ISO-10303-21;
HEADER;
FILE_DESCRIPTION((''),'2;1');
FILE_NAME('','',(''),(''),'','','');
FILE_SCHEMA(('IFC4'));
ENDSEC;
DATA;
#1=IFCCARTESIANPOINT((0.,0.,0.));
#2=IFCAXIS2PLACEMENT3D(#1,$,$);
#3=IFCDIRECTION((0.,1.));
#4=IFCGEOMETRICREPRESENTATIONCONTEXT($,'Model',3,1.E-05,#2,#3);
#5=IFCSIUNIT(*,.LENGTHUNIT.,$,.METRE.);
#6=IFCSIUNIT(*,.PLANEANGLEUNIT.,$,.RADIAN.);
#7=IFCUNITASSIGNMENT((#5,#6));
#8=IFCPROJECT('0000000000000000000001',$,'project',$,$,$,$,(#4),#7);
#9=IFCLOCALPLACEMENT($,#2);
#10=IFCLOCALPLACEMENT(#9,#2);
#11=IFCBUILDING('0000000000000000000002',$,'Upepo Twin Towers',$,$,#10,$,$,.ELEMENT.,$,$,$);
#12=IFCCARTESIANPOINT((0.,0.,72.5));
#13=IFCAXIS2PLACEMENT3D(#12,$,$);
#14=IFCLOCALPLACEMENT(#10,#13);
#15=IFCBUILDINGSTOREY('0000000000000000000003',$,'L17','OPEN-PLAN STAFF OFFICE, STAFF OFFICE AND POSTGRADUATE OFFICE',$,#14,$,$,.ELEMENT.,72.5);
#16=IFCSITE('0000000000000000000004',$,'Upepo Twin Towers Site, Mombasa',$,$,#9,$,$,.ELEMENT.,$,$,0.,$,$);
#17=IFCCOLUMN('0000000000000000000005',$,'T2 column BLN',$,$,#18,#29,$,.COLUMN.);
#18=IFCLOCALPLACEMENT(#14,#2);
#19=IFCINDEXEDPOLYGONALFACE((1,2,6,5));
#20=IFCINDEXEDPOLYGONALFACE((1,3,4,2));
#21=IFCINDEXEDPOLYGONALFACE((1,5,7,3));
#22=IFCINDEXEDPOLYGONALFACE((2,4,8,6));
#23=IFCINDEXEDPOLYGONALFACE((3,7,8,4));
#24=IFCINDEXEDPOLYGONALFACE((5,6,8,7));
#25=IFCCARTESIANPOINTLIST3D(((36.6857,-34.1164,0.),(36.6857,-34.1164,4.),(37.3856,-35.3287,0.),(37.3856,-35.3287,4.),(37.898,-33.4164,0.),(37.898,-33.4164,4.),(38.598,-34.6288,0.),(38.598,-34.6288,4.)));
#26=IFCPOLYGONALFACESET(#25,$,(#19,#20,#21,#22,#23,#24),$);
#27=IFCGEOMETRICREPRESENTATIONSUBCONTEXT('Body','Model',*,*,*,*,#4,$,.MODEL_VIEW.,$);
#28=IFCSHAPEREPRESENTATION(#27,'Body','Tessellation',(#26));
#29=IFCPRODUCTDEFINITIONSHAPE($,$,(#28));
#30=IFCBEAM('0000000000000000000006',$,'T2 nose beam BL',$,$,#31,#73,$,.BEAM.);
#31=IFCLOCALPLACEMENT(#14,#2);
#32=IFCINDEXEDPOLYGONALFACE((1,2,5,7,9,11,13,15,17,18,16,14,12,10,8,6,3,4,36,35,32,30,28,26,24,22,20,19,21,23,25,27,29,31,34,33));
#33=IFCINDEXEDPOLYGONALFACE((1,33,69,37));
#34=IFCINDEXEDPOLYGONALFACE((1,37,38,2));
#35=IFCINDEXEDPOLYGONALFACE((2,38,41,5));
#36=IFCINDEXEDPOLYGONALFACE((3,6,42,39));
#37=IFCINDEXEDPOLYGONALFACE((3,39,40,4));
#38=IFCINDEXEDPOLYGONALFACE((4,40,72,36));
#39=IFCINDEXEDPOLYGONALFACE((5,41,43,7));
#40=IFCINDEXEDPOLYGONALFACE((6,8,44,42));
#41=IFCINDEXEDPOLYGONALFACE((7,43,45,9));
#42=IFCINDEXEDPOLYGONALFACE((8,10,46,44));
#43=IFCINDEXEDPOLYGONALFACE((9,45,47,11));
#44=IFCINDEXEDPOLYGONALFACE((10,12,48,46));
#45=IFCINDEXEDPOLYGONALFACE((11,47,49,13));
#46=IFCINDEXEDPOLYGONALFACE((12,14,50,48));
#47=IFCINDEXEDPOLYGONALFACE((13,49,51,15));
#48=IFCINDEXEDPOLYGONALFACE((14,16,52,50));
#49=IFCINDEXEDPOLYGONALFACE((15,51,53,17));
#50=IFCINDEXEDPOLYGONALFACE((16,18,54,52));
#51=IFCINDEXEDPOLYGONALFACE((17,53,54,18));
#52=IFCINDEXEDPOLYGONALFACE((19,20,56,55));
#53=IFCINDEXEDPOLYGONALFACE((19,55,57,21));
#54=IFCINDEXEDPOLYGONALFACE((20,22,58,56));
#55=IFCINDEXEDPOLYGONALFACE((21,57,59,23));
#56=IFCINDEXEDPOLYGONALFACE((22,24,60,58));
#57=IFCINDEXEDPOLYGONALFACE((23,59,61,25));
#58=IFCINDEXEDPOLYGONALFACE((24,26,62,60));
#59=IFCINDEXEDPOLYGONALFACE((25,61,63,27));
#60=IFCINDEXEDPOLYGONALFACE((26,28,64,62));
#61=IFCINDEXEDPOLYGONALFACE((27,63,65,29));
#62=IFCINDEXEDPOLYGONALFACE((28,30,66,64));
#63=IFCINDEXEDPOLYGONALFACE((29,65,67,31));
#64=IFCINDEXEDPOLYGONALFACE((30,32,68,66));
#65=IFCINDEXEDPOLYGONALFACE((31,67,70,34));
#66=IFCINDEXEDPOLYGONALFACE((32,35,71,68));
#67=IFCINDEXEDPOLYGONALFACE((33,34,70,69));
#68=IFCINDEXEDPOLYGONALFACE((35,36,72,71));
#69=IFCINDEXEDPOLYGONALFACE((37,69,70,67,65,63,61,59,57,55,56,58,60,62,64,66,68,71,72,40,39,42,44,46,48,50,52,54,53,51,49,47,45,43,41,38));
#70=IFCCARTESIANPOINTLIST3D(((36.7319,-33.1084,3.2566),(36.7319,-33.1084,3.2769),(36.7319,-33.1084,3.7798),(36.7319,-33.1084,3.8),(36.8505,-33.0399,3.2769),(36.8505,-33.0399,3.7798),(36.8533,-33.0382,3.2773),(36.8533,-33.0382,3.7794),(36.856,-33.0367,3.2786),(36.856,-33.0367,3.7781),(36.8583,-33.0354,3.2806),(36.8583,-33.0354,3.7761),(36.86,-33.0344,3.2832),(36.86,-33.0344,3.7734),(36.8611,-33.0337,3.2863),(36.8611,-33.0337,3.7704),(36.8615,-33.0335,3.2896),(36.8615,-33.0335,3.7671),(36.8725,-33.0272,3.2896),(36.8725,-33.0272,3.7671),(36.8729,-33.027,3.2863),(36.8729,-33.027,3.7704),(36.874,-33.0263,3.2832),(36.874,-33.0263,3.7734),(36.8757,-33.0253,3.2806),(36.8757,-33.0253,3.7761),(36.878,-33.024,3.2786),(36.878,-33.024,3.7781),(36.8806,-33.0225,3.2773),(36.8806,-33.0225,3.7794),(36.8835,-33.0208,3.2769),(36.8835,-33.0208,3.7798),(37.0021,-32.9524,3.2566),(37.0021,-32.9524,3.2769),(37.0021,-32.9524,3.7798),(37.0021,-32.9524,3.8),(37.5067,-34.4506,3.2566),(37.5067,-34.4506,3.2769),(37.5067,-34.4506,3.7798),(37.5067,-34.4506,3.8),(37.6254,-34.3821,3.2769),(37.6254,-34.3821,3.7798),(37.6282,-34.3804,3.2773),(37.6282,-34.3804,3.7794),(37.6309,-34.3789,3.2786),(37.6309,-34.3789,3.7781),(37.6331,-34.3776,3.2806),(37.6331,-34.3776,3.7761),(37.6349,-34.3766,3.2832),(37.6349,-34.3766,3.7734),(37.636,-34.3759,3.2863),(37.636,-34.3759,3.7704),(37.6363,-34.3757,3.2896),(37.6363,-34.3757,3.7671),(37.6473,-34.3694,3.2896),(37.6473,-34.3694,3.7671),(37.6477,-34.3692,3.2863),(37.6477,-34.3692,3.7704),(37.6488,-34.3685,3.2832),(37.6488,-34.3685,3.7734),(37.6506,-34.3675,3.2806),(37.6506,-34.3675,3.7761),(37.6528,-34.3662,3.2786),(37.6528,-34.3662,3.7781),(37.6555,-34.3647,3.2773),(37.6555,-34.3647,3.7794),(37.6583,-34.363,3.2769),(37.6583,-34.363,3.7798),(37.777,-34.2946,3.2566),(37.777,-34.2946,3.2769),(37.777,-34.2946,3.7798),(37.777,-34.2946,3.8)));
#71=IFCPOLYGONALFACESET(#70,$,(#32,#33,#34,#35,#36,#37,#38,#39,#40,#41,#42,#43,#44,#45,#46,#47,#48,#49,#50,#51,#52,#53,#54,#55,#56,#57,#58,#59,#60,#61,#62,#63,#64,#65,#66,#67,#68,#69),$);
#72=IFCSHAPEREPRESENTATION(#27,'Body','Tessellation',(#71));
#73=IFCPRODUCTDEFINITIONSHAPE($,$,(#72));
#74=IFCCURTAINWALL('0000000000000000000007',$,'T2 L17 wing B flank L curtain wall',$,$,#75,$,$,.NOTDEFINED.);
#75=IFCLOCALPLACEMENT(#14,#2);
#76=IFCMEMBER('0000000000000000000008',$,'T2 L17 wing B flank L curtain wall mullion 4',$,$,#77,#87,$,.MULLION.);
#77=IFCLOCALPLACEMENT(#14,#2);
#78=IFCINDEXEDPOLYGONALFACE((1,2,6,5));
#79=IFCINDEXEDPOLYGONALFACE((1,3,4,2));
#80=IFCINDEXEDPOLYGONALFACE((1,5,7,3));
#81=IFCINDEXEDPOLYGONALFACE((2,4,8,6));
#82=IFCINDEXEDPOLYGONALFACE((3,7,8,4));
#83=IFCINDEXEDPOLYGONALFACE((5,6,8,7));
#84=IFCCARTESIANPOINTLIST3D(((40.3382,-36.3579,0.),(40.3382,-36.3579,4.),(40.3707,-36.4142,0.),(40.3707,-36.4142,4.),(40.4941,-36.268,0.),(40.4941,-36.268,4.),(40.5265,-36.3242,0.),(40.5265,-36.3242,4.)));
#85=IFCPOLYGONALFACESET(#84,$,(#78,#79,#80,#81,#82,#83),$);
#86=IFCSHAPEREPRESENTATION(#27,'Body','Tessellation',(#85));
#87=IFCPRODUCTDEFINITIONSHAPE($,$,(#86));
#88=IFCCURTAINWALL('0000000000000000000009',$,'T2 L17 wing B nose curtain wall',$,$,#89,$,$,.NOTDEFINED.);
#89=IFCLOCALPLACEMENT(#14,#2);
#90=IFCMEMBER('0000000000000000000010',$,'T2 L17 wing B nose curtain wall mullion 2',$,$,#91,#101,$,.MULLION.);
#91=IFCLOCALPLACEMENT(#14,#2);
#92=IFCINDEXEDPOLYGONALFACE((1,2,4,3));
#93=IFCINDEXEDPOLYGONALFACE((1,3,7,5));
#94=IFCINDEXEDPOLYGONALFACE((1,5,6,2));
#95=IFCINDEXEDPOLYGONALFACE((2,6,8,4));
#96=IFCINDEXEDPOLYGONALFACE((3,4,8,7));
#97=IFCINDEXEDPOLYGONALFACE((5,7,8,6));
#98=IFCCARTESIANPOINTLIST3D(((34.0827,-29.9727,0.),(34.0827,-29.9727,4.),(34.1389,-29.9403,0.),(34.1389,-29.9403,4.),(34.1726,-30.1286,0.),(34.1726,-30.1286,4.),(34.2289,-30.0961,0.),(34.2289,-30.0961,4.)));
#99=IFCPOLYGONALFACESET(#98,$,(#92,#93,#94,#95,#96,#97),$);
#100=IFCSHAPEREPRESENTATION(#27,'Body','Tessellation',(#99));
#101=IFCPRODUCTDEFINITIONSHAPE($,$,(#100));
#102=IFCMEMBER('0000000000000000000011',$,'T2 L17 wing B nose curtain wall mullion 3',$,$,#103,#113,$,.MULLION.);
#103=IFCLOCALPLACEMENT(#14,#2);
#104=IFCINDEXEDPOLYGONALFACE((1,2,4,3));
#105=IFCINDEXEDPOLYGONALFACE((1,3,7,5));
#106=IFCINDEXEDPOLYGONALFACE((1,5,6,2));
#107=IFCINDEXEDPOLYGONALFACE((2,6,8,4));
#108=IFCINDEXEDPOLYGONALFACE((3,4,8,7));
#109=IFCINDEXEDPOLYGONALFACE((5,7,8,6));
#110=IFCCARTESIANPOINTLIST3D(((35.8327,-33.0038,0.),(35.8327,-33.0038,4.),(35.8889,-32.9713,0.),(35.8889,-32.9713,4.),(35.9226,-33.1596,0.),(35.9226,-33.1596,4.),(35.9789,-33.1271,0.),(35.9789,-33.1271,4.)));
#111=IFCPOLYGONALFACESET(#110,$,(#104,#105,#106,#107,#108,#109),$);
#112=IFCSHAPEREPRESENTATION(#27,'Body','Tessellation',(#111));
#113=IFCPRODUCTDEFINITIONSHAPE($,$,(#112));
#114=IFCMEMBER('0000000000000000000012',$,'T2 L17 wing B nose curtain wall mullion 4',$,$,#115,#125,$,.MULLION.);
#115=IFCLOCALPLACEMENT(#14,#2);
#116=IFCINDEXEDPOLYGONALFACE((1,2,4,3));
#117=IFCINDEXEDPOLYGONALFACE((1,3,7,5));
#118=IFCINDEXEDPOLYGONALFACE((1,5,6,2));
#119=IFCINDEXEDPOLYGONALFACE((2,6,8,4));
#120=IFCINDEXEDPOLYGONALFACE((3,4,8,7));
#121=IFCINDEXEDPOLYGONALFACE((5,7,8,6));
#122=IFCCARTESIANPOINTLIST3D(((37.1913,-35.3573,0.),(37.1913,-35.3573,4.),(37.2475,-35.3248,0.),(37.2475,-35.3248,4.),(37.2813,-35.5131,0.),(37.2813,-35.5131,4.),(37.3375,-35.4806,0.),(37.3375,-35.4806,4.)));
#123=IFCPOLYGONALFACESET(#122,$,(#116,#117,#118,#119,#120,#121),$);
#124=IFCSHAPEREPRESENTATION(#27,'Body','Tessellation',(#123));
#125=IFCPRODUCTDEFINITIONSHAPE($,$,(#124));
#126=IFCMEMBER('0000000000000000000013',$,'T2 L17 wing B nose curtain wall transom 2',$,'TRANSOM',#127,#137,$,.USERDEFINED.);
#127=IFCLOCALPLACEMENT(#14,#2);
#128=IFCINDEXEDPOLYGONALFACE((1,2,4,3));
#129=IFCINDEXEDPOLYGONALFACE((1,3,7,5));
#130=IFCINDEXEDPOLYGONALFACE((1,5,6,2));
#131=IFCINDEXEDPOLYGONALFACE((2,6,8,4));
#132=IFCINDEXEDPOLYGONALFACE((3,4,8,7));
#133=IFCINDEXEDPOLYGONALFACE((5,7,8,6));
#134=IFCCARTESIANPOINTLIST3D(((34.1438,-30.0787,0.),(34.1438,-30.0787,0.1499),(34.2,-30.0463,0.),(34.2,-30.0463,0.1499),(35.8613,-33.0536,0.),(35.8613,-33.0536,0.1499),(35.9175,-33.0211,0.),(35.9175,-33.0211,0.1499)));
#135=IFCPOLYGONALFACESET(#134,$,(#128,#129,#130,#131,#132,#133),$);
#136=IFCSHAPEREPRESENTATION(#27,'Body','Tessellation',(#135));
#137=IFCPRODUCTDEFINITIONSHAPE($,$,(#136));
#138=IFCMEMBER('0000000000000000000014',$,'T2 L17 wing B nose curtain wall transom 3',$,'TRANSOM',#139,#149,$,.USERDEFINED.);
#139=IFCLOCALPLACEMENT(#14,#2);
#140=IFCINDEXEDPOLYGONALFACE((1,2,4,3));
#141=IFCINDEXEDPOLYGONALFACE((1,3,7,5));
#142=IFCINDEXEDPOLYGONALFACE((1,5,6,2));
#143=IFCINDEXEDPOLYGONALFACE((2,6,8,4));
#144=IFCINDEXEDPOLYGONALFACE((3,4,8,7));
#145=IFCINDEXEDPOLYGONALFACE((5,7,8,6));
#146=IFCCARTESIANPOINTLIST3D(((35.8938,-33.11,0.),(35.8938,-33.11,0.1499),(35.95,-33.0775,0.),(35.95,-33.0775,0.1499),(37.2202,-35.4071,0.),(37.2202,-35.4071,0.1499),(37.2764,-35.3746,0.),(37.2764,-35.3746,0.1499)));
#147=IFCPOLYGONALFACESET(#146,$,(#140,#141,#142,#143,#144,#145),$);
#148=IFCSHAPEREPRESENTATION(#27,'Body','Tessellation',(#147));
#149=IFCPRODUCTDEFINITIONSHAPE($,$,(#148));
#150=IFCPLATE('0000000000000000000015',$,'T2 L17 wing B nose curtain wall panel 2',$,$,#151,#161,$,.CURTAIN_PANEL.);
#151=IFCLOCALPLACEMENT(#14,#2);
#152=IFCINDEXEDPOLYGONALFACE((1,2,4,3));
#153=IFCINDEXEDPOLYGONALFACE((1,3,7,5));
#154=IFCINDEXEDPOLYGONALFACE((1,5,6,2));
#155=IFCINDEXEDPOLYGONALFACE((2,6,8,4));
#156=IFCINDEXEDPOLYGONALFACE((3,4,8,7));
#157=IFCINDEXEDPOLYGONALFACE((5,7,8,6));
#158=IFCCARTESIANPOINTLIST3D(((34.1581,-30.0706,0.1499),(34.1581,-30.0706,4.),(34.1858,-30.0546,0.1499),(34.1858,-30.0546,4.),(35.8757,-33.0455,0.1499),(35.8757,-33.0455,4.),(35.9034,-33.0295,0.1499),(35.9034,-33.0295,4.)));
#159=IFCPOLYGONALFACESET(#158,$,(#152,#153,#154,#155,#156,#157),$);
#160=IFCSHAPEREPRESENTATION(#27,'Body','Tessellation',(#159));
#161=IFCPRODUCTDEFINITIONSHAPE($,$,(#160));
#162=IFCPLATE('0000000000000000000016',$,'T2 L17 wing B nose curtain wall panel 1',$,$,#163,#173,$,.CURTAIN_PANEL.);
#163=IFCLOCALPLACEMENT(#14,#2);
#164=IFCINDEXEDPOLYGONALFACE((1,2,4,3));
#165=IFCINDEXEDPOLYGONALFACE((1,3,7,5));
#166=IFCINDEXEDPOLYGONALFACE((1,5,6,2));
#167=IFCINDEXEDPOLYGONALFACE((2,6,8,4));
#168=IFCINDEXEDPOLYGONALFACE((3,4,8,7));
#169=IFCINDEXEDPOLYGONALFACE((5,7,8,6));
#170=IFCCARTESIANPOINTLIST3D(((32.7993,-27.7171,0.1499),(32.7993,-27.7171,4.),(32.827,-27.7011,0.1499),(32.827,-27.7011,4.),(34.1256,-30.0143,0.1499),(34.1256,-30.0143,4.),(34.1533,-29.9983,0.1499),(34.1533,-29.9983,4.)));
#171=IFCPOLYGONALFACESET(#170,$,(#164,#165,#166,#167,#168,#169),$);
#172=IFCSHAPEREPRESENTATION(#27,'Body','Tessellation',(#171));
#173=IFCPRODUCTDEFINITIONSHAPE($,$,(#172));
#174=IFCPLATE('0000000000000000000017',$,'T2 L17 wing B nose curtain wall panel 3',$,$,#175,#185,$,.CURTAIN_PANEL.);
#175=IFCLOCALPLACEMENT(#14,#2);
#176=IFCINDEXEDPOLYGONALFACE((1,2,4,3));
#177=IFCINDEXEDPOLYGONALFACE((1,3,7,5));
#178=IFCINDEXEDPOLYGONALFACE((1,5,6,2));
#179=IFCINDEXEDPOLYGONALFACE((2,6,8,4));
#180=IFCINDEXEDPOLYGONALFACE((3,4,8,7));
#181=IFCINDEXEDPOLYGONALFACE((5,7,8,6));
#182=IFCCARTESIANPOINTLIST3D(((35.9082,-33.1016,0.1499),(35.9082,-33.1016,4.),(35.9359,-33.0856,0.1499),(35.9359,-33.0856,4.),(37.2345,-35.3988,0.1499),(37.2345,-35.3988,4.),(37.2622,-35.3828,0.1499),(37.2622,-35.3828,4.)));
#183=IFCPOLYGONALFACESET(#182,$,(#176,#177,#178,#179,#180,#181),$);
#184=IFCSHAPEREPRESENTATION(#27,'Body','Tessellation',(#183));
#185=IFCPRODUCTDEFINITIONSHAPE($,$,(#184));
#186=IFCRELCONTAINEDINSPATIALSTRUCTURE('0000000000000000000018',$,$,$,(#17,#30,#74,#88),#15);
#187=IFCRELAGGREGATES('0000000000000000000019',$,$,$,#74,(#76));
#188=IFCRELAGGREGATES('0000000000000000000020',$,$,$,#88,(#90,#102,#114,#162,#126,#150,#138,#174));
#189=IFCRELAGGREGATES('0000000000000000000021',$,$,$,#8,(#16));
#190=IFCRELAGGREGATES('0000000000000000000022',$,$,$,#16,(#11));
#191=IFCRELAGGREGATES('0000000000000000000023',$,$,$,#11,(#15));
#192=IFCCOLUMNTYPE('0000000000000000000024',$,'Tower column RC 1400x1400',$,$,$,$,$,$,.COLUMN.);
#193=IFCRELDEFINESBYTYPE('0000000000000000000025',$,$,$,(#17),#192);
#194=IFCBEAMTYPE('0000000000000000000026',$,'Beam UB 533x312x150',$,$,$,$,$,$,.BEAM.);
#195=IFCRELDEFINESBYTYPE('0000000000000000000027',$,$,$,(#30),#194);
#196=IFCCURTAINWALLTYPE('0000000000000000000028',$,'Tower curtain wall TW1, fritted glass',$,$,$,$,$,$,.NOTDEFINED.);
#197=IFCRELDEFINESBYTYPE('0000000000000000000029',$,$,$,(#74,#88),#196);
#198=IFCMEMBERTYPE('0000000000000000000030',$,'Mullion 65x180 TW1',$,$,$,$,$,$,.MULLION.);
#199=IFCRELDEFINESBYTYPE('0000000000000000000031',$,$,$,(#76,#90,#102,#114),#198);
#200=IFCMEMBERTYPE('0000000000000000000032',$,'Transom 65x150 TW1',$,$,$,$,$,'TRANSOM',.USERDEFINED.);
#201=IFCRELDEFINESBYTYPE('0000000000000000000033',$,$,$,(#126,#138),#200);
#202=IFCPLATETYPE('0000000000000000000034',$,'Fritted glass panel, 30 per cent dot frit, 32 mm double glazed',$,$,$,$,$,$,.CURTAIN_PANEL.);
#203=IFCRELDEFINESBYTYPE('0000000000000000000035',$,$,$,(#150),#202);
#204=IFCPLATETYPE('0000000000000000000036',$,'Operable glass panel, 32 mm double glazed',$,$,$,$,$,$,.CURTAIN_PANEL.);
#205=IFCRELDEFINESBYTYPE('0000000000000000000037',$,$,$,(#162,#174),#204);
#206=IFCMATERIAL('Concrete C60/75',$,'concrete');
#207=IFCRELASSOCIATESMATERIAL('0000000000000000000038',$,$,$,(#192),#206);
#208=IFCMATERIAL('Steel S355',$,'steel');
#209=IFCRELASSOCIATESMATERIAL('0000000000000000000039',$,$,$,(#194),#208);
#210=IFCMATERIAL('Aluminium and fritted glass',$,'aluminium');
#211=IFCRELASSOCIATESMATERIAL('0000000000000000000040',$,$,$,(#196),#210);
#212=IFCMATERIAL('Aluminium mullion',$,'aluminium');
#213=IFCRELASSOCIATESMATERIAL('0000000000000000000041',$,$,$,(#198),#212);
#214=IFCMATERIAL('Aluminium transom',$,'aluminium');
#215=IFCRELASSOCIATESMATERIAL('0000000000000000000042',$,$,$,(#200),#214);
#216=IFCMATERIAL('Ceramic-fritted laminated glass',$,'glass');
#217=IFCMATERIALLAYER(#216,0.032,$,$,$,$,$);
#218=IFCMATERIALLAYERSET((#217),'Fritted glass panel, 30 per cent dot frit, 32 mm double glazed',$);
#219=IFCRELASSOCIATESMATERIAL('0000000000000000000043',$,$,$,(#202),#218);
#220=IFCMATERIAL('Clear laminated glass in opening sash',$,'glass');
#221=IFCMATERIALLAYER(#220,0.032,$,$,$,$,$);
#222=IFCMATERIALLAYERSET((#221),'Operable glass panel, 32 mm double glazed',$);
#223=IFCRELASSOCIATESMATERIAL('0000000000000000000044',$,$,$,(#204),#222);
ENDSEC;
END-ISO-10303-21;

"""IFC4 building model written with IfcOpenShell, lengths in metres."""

from ifc_helpers import new_model, si_unit, direction, frame, origin, origin_2d, place, context, subcontext, project, spatial, rectangle, i_section, extrude, material, layer, layer_set, material_profile, profile_set, type_object, element, aggregate, save


model = new_model("IFC4")

# Units and contexts
model_context = context("Model", 3, precision=1e-05, world=origin(), true_north=direction((0.0, 1.0)))
body_context = subcontext(model_context, "Body", "Model", "MODEL_VIEW")
ifc_project = project(units=[si_unit("LENGTHUNIT", "METRE"), si_unit("PLANEANGLEUNIT", "RADIAN")], contexts=[model_context])

# Site, building, storey
site_placement = place(None, origin())
site = spatial("IfcSite", under=ifc_project, at=site_placement, Name="Upepo Twin Towers Site, Mombasa", CompositionType="ELEMENT", RefElevation=0.0)
building_placement = place(site_placement, origin())
building = spatial("IfcBuilding", under=site, at=building_placement, Name="Upepo Twin Towers", CompositionType="ELEMENT")
storey_placement = place(building_placement, frame((0.0, 0.0, 72.5)))
storey = spatial("IfcBuildingStorey", under=building, at=storey_placement, Name="L17", Description="OPEN-PLAN STAFF OFFICE, STAFF OFFICE AND POSTGRADUATE OFFICE", CompositionType="ELEMENT", Elevation=72.5)

# Column
ifc_material_1 = material(Name="Concrete C60/75", Category="concrete")
ifc_material_profile_1 = material_profile(ifc_material_1, rectangle(XDim=1.3999, YDim=1.3999, at=origin_2d()), Name="RC 1400x1400")
ifc_profile_set_1 = profile_set([ifc_material_profile_1], Name="Concrete C60/75")
column_type = type_object("IfcColumnType", Name="Tower column RC 1400x1400", PredefinedType="COLUMN", material=ifc_profile_set_1)
column_placement = place(storey_placement, frame((37.6418, -34.3726, 0.0), z_axis=(0.0, 0.0, 1.0), x_axis=(0.866025, 0.5, 0.0)))
element("IfcColumn", 1, at=column_placement, inside=storey, type_object=column_type, Name="T2 column BLN", PredefinedType="COLUMN", context=body_context, shape_type="SweptSolid", body=[
    extrude(rectangle(XDim=1.3999, YDim=1.3999, at=origin_2d()), origin(), (0.0, 0.0, 1.0), 4.0),
])

# Beam
ifc_material_2 = material(Name="Steel S355", Category="steel")
ifc_material_profile_2 = material_profile(ifc_material_2, i_section(OverallWidth=0.312, OverallDepth=0.5435, WebThickness=0.0127, FlangeThickness=0.0203, FilletRadius=0.0127, at=origin_2d()), Name="UB 533x312x150")
ifc_profile_set_2 = profile_set([ifc_material_profile_2], Name="Steel S355")
beam_type = type_object("IfcBeamType", Name="Beam UB 533x312x150", PredefinedType="BEAM", material=ifc_profile_set_2)
beam_placement = place(storey_placement, frame((37.6418, -34.3726, 3.5283), z_axis=(-0.499968, 0.866044, 0.0), x_axis=(-0.866044, -0.499968, 0.0)))
element("IfcBeam", 2, at=beam_placement, inside=storey, type_object=beam_type, Name="T2 nose beam BL", PredefinedType="BEAM", context=body_context, shape_type="SweptSolid", body=[
    extrude(i_section(OverallWidth=0.312, OverallDepth=0.5435, WebThickness=0.0127, FlangeThickness=0.0203, FilletRadius=0.0127, at=origin_2d()), origin(), (0.0, 0.0, 1.0), 1.5498),
])

# Curtain wall, member
ifc_material_3 = material(Name="Aluminium and fritted glass", Category="aluminium")
curtain_wall_type = type_object("IfcCurtainWallType", Name="Tower curtain wall TW1, fritted glass", PredefinedType="NOTDEFINED", material=ifc_material_3)
curtain_wall_1_placement = place(storey_placement, origin())
curtain_wall_1 = element("IfcCurtainWall", 3, at=curtain_wall_1_placement, inside=storey, type_object=curtain_wall_type, Name="T2 L17 wing B flank L curtain wall", PredefinedType="NOTDEFINED")
ifc_material_4 = material(Name="Aluminium mullion", Category="aluminium")
ifc_material_profile_3 = material_profile(ifc_material_4, rectangle(XDim=0.0649, YDim=0.1799, at=origin_2d()), Name="MULLION 65x180")
ifc_profile_set_3 = profile_set([ifc_material_profile_3], Name="Aluminium mullion")
member_type_1 = type_object("IfcMemberType", Name="Mullion 65x180 TW1", PredefinedType="MULLION", material=ifc_profile_set_3)
member_1_placement = place(storey_placement, frame((40.4324, -36.3411, 0.0), z_axis=(0.0, 0.0, 1.0), x_axis=(0.5, -0.866025, 0.0)))
member_1 = element("IfcMember", 4, at=member_1_placement, type_object=member_type_1, Name="T2 L17 wing B flank L curtain wall mullion 4", PredefinedType="MULLION", context=body_context, shape_type="SweptSolid", body=[
    extrude(rectangle(XDim=0.0649, YDim=0.1799, at=origin_2d()), origin(), (0.0, 0.0, 1.0), 4.0),
])
aggregate(curtain_wall_1, [member_1])

# Curtain wall, members, plates
curtain_wall_2_placement = place(storey_placement, origin())
curtain_wall_2 = element("IfcCurtainWall", 5, at=curtain_wall_2_placement, inside=storey, type_object=curtain_wall_type, Name="T2 L17 wing B nose curtain wall", PredefinedType="NOTDEFINED")
member_2_placement = place(storey_placement, frame((34.1558, -30.0344, 0.0), z_axis=(0.0, 0.0, 1.0), x_axis=(0.866025, 0.5, 0.0)))
member_2 = element("IfcMember", 6, at=member_2_placement, type_object=member_type_1, Name="T2 L17 wing B nose curtain wall mullion 2", PredefinedType="MULLION", context=body_context, shape_type="SweptSolid", body=[
    extrude(rectangle(XDim=0.0649, YDim=0.1799, at=origin_2d()), origin(), (0.0, 0.0, 1.0), 4.0),
])
member_3_placement = place(storey_placement, frame((35.9058, -33.0654, 0.0), z_axis=(0.0, 0.0, 1.0), x_axis=(0.866025, 0.5, 0.0)))
member_3 = element("IfcMember", 7, at=member_3_placement, type_object=member_type_1, Name="T2 L17 wing B nose curtain wall mullion 3", PredefinedType="MULLION", context=body_context, shape_type="SweptSolid", body=[
    extrude(rectangle(XDim=0.0649, YDim=0.1799, at=origin_2d()), origin(), (0.0, 0.0, 1.0), 4.0),
])
member_4_placement = place(storey_placement, frame((37.2644, -35.4189, 0.0), z_axis=(0.0, 0.0, 1.0), x_axis=(0.866025, 0.5, 0.0)))
member_4 = element("IfcMember", 8, at=member_4_placement, type_object=member_type_1, Name="T2 L17 wing B nose curtain wall mullion 4", PredefinedType="MULLION", context=body_context, shape_type="SweptSolid", body=[
    extrude(rectangle(XDim=0.0649, YDim=0.1799, at=origin_2d()), origin(), (0.0, 0.0, 1.0), 4.0),
])
ifc_material_5 = material(Name="Aluminium transom", Category="aluminium")
ifc_material_profile_4 = material_profile(ifc_material_5, rectangle(XDim=0.0649, YDim=0.1499, at=origin_2d()), Name="TRANSOM 65x150")
ifc_profile_set_4 = profile_set([ifc_material_profile_4], Name="Aluminium transom")
member_type_2 = type_object("IfcMemberType", Name="Transom 65x150 TW1", ElementType="TRANSOM", PredefinedType="USERDEFINED", material=ifc_profile_set_4)
member_5_placement = place(storey_placement, frame((34.1719, -30.0625, 0.075), z_axis=(0.499999, -0.866026, 0.0), x_axis=(0.866026, 0.499999, 0.0)))
member_5 = element("IfcMember", 9, at=member_5_placement, type_object=member_type_2, Name="T2 L17 wing B nose curtain wall transom 2", ObjectType="TRANSOM", PredefinedType="USERDEFINED", context=body_context, shape_type="SweptSolid", body=[
    extrude(rectangle(XDim=0.0649, YDim=0.1499, at=origin_2d()), origin(), (0.0, 0.0, 1.0), 3.4351),
])
member_6_placement = place(storey_placement, frame((35.9219, -33.0938, 0.075), z_axis=(0.500049, -0.865997, 0.0), x_axis=(0.865997, 0.500049, 0.0)))
member_6 = element("IfcMember", 10, at=member_6_placement, type_object=member_type_2, Name="T2 L17 wing B nose curtain wall transom 3", ObjectType="TRANSOM", PredefinedType="USERDEFINED", context=body_context, shape_type="SweptSolid", body=[
    extrude(rectangle(XDim=0.0649, YDim=0.1499, at=origin_2d()), origin(), (0.0, 0.0, 1.0), 2.6526),
])
ifc_material_6 = material(Name="Ceramic-fritted laminated glass", Category="glass")
ifc_layer_1 = layer(ifc_material_6, 0.032)
ifc_layer_set_1 = layer_set([ifc_layer_1], Name="Fritted glass panel, 30 per cent dot frit, 32 mm double glazed")
plate_type_1 = type_object("IfcPlateType", Name="Fritted glass panel, 30 per cent dot frit, 32 mm double glazed", PredefinedType="CURTAIN_PANEL", material=ifc_layer_set_1)
plate_1_placement = place(storey_placement, frame((35.0308, -31.55, 0.1499), z_axis=(0.0, 0.0, 1.0), x_axis=(0.5, -0.866025, 0.0)))
plate_1 = element("IfcPlate", 11, at=plate_1_placement, type_object=plate_type_1, Name="T2 L17 wing B nose curtain wall panel 2", PredefinedType="CURTAIN_PANEL", context=body_context, shape_type="SweptSolid", body=[
    extrude(rectangle(XDim=3.4351, YDim=0.032, at=origin_2d()), origin(), (0.0, 0.0, 1.0), 3.8501),
])
ifc_material_7 = material(Name="Clear laminated glass in opening sash", Category="glass")
ifc_layer_2 = layer(ifc_material_7, 0.032)
ifc_layer_set_2 = layer_set([ifc_layer_2], Name="Operable glass panel, 32 mm double glazed")
plate_type_2 = type_object("IfcPlateType", Name="Operable glass panel, 32 mm double glazed", PredefinedType="CURTAIN_PANEL", material=ifc_layer_set_2)
plate_2_placement = place(storey_placement, frame((33.4763, -28.8577, 0.1499), z_axis=(0.0, 0.0, 1.0), x_axis=(0.5, -0.866025, 0.0)))
plate_2 = element("IfcPlate", 12, at=plate_2_placement, type_object=plate_type_2, Name="T2 L17 wing B nose curtain wall panel 1", PredefinedType="CURTAIN_PANEL", context=body_context, shape_type="SweptSolid", body=[
    extrude(rectangle(XDim=2.6526, YDim=0.032, at=origin_2d()), origin(), (0.0, 0.0, 1.0), 3.8501),
])
plate_3_placement = place(storey_placement, frame((36.5852, -34.2422, 0.1499), z_axis=(0.0, 0.0, 1.0), x_axis=(0.5, -0.866025, 0.0)))
plate_3 = element("IfcPlate", 13, at=plate_3_placement, type_object=plate_type_2, Name="T2 L17 wing B nose curtain wall panel 3", PredefinedType="CURTAIN_PANEL", context=body_context, shape_type="SweptSolid", body=[
    extrude(rectangle(XDim=2.6526, YDim=0.032, at=origin_2d()), origin(), (0.0, 0.0, 1.0), 3.8501),
])
aggregate(curtain_wall_2, [member_2, member_3, member_4, plate_2, member_5, plate_1, member_6, plate_3])

save(model, "model.ifc")
